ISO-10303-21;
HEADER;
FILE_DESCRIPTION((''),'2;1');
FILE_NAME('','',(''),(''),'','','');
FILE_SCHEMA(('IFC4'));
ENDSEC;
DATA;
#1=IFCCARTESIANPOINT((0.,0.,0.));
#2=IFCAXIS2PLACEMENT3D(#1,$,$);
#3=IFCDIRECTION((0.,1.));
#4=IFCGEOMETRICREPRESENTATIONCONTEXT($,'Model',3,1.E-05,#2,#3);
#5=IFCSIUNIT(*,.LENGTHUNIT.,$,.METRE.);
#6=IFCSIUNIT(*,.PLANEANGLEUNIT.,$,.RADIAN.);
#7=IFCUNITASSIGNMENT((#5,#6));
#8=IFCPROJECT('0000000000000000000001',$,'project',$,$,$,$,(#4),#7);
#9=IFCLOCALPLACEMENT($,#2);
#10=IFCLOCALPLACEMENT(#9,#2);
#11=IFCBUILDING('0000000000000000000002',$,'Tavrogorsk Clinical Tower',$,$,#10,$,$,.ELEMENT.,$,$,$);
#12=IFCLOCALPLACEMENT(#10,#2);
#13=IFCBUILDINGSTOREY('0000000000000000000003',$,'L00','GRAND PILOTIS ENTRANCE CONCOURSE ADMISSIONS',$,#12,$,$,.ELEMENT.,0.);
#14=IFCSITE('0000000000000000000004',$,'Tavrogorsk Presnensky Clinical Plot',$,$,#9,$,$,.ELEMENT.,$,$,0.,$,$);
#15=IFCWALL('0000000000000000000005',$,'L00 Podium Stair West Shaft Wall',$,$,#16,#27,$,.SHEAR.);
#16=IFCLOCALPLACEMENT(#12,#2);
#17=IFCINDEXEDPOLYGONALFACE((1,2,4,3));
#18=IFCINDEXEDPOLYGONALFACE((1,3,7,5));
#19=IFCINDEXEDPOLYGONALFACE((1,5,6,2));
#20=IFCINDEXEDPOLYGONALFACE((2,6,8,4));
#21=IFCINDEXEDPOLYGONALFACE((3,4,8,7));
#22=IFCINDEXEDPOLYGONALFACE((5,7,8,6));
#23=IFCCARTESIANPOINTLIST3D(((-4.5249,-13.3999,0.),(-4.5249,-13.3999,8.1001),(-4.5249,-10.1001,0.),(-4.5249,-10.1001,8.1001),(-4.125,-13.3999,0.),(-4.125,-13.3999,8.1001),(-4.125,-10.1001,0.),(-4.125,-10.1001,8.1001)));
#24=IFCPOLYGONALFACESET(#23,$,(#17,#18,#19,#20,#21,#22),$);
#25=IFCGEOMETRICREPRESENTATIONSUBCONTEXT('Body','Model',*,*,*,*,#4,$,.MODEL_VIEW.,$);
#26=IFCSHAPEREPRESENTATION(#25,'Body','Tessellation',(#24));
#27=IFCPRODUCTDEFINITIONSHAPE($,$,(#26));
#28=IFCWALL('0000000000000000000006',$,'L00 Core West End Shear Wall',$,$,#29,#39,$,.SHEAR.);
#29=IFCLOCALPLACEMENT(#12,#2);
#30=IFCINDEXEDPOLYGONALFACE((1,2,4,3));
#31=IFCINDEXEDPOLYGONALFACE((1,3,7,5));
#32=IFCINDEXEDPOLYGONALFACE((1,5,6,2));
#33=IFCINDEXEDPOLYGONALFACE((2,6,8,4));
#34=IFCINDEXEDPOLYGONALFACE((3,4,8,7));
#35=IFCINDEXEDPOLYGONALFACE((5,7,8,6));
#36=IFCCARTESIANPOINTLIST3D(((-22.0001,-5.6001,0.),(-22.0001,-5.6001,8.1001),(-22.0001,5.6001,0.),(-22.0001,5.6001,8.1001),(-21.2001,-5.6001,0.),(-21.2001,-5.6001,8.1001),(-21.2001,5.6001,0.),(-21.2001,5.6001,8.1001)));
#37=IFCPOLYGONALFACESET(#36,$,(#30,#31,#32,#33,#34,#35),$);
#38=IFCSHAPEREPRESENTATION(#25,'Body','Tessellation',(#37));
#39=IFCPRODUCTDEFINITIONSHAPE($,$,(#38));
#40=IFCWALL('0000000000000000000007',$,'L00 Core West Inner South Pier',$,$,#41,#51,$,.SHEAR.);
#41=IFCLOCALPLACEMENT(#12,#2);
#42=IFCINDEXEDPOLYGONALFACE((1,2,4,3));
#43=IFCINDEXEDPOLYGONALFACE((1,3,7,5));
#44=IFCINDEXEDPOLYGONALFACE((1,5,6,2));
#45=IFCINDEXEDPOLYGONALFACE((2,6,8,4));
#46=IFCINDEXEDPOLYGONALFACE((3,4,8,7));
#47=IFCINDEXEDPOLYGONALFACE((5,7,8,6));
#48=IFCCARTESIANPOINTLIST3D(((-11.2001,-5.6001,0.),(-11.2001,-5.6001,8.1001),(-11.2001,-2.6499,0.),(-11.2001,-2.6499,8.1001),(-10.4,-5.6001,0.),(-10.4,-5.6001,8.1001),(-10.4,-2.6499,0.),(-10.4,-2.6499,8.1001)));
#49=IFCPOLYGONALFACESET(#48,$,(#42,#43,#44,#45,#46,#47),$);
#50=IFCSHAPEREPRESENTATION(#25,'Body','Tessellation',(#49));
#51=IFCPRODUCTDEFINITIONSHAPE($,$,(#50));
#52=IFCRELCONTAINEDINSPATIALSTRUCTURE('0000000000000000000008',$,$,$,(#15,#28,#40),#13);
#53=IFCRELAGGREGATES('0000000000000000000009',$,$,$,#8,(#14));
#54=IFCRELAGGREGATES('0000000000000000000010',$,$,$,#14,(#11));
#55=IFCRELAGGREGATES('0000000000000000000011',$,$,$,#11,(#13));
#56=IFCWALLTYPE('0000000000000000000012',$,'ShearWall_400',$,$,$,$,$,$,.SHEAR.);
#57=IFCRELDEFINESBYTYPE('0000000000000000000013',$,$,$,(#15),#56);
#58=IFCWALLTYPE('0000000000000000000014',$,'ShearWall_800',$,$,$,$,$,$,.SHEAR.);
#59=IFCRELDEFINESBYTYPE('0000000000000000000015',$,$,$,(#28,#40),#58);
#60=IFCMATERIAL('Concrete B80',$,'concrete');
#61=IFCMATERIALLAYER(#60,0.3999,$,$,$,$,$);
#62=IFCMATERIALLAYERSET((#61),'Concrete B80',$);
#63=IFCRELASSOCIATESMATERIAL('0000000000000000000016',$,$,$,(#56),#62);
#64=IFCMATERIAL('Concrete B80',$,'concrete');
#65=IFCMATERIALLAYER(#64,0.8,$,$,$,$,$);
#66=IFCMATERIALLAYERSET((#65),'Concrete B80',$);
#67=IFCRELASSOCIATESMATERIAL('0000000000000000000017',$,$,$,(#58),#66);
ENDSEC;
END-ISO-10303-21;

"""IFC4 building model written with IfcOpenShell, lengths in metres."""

from ifc_helpers import new_model, si_unit, direction, frame, frame_2d, origin, place, context, subcontext, project, spatial, rectangle, extrude, material, layer, layer_set, type_object, element, save


model = new_model("IFC4")

# Units and contexts
model_context = context("Model", 3, precision=1e-05, world=origin(), true_north=direction((0.0, 1.0)))
body_context = subcontext(model_context, "Body", "Model", "MODEL_VIEW")
ifc_project = project(units=[si_unit("LENGTHUNIT", "METRE"), si_unit("PLANEANGLEUNIT", "RADIAN")], contexts=[model_context])

# Site, building, storey
site_placement = place(None, origin())
site = spatial("IfcSite", under=ifc_project, at=site_placement, Name="Tavrogorsk Presnensky Clinical Plot", CompositionType="ELEMENT", RefElevation=0.0)
building_placement = place(site_placement, origin())
building = spatial("IfcBuilding", under=site, at=building_placement, Name="Tavrogorsk Clinical Tower", CompositionType="ELEMENT")
storey_placement = place(building_placement, origin())
storey = spatial("IfcBuildingStorey", under=building, at=storey_placement, Name="L00", Description="GRAND PILOTIS ENTRANCE CONCOURSE ADMISSIONS", CompositionType="ELEMENT", Elevation=0.0)

# Shared definitions
ifc_material_1 = material(Name="Concrete B80", Category="concrete")
ifc_layer_1 = layer(ifc_material_1, 0.3999)
ifc_layer_set_1 = layer_set([ifc_layer_1], Name="Concrete B80")
wall_type_1 = type_object("IfcWallType", Name="ShearWall_400", PredefinedType="SHEAR", material=ifc_layer_set_1)

# Walls
wall_1_placement = place(storey_placement, frame((-4.325, -13.3999, 0.0), z_axis=(0.0, 0.0, 1.0), x_axis=(0.0, 1.0, 0.0)))
element("IfcWall", 1, at=wall_1_placement, inside=storey, type_object=wall_type_1, Name="L00 Podium Stair West Shaft Wall", PredefinedType="SHEAR", context=body_context, shape_type="SweptSolid", body=[
    extrude(rectangle(XDim=3.2998, YDim=0.3999, at=frame_2d((1.6499, 0.0))), origin(), (0.0, 0.0, 1.0), 8.1001),
])
ifc_material_2 = material(Name="Concrete B80", Category="concrete")
ifc_layer_2 = layer(ifc_material_2, 0.8)
ifc_layer_set_2 = layer_set([ifc_layer_2], Name="Concrete B80")
wall_type_2 = type_object("IfcWallType", Name="ShearWall_800", PredefinedType="SHEAR", material=ifc_layer_set_2)
wall_2_placement = place(storey_placement, frame((-21.6001, -5.6001, 0.0), z_axis=(0.0, 0.0, 1.0), x_axis=(0.0, 1.0, 0.0)))
element("IfcWall", 2, at=wall_2_placement, inside=storey, type_object=wall_type_2, Name="L00 Core West End Shear Wall", PredefinedType="SHEAR", context=body_context, shape_type="SweptSolid", body=[
    extrude(rectangle(XDim=11.2002, YDim=0.8, at=frame_2d((5.6001, 0.0))), origin(), (0.0, 0.0, 1.0), 8.1001),
])
wall_3_placement = place(storey_placement, frame((-10.8, -5.6001, 0.0), z_axis=(0.0, 0.0, 1.0), x_axis=(0.0, 1.0, 0.0)))
element("IfcWall", 3, at=wall_3_placement, inside=storey, type_object=wall_type_2, Name="L00 Core West Inner South Pier", PredefinedType="SHEAR", context=body_context, shape_type="SweptSolid", body=[
    extrude(rectangle(XDim=2.9502, YDim=0.8, at=frame_2d((1.4751, 0.0))), origin(), (0.0, 0.0, 1.0), 8.1001),
])

save(model, "model.ifc")
